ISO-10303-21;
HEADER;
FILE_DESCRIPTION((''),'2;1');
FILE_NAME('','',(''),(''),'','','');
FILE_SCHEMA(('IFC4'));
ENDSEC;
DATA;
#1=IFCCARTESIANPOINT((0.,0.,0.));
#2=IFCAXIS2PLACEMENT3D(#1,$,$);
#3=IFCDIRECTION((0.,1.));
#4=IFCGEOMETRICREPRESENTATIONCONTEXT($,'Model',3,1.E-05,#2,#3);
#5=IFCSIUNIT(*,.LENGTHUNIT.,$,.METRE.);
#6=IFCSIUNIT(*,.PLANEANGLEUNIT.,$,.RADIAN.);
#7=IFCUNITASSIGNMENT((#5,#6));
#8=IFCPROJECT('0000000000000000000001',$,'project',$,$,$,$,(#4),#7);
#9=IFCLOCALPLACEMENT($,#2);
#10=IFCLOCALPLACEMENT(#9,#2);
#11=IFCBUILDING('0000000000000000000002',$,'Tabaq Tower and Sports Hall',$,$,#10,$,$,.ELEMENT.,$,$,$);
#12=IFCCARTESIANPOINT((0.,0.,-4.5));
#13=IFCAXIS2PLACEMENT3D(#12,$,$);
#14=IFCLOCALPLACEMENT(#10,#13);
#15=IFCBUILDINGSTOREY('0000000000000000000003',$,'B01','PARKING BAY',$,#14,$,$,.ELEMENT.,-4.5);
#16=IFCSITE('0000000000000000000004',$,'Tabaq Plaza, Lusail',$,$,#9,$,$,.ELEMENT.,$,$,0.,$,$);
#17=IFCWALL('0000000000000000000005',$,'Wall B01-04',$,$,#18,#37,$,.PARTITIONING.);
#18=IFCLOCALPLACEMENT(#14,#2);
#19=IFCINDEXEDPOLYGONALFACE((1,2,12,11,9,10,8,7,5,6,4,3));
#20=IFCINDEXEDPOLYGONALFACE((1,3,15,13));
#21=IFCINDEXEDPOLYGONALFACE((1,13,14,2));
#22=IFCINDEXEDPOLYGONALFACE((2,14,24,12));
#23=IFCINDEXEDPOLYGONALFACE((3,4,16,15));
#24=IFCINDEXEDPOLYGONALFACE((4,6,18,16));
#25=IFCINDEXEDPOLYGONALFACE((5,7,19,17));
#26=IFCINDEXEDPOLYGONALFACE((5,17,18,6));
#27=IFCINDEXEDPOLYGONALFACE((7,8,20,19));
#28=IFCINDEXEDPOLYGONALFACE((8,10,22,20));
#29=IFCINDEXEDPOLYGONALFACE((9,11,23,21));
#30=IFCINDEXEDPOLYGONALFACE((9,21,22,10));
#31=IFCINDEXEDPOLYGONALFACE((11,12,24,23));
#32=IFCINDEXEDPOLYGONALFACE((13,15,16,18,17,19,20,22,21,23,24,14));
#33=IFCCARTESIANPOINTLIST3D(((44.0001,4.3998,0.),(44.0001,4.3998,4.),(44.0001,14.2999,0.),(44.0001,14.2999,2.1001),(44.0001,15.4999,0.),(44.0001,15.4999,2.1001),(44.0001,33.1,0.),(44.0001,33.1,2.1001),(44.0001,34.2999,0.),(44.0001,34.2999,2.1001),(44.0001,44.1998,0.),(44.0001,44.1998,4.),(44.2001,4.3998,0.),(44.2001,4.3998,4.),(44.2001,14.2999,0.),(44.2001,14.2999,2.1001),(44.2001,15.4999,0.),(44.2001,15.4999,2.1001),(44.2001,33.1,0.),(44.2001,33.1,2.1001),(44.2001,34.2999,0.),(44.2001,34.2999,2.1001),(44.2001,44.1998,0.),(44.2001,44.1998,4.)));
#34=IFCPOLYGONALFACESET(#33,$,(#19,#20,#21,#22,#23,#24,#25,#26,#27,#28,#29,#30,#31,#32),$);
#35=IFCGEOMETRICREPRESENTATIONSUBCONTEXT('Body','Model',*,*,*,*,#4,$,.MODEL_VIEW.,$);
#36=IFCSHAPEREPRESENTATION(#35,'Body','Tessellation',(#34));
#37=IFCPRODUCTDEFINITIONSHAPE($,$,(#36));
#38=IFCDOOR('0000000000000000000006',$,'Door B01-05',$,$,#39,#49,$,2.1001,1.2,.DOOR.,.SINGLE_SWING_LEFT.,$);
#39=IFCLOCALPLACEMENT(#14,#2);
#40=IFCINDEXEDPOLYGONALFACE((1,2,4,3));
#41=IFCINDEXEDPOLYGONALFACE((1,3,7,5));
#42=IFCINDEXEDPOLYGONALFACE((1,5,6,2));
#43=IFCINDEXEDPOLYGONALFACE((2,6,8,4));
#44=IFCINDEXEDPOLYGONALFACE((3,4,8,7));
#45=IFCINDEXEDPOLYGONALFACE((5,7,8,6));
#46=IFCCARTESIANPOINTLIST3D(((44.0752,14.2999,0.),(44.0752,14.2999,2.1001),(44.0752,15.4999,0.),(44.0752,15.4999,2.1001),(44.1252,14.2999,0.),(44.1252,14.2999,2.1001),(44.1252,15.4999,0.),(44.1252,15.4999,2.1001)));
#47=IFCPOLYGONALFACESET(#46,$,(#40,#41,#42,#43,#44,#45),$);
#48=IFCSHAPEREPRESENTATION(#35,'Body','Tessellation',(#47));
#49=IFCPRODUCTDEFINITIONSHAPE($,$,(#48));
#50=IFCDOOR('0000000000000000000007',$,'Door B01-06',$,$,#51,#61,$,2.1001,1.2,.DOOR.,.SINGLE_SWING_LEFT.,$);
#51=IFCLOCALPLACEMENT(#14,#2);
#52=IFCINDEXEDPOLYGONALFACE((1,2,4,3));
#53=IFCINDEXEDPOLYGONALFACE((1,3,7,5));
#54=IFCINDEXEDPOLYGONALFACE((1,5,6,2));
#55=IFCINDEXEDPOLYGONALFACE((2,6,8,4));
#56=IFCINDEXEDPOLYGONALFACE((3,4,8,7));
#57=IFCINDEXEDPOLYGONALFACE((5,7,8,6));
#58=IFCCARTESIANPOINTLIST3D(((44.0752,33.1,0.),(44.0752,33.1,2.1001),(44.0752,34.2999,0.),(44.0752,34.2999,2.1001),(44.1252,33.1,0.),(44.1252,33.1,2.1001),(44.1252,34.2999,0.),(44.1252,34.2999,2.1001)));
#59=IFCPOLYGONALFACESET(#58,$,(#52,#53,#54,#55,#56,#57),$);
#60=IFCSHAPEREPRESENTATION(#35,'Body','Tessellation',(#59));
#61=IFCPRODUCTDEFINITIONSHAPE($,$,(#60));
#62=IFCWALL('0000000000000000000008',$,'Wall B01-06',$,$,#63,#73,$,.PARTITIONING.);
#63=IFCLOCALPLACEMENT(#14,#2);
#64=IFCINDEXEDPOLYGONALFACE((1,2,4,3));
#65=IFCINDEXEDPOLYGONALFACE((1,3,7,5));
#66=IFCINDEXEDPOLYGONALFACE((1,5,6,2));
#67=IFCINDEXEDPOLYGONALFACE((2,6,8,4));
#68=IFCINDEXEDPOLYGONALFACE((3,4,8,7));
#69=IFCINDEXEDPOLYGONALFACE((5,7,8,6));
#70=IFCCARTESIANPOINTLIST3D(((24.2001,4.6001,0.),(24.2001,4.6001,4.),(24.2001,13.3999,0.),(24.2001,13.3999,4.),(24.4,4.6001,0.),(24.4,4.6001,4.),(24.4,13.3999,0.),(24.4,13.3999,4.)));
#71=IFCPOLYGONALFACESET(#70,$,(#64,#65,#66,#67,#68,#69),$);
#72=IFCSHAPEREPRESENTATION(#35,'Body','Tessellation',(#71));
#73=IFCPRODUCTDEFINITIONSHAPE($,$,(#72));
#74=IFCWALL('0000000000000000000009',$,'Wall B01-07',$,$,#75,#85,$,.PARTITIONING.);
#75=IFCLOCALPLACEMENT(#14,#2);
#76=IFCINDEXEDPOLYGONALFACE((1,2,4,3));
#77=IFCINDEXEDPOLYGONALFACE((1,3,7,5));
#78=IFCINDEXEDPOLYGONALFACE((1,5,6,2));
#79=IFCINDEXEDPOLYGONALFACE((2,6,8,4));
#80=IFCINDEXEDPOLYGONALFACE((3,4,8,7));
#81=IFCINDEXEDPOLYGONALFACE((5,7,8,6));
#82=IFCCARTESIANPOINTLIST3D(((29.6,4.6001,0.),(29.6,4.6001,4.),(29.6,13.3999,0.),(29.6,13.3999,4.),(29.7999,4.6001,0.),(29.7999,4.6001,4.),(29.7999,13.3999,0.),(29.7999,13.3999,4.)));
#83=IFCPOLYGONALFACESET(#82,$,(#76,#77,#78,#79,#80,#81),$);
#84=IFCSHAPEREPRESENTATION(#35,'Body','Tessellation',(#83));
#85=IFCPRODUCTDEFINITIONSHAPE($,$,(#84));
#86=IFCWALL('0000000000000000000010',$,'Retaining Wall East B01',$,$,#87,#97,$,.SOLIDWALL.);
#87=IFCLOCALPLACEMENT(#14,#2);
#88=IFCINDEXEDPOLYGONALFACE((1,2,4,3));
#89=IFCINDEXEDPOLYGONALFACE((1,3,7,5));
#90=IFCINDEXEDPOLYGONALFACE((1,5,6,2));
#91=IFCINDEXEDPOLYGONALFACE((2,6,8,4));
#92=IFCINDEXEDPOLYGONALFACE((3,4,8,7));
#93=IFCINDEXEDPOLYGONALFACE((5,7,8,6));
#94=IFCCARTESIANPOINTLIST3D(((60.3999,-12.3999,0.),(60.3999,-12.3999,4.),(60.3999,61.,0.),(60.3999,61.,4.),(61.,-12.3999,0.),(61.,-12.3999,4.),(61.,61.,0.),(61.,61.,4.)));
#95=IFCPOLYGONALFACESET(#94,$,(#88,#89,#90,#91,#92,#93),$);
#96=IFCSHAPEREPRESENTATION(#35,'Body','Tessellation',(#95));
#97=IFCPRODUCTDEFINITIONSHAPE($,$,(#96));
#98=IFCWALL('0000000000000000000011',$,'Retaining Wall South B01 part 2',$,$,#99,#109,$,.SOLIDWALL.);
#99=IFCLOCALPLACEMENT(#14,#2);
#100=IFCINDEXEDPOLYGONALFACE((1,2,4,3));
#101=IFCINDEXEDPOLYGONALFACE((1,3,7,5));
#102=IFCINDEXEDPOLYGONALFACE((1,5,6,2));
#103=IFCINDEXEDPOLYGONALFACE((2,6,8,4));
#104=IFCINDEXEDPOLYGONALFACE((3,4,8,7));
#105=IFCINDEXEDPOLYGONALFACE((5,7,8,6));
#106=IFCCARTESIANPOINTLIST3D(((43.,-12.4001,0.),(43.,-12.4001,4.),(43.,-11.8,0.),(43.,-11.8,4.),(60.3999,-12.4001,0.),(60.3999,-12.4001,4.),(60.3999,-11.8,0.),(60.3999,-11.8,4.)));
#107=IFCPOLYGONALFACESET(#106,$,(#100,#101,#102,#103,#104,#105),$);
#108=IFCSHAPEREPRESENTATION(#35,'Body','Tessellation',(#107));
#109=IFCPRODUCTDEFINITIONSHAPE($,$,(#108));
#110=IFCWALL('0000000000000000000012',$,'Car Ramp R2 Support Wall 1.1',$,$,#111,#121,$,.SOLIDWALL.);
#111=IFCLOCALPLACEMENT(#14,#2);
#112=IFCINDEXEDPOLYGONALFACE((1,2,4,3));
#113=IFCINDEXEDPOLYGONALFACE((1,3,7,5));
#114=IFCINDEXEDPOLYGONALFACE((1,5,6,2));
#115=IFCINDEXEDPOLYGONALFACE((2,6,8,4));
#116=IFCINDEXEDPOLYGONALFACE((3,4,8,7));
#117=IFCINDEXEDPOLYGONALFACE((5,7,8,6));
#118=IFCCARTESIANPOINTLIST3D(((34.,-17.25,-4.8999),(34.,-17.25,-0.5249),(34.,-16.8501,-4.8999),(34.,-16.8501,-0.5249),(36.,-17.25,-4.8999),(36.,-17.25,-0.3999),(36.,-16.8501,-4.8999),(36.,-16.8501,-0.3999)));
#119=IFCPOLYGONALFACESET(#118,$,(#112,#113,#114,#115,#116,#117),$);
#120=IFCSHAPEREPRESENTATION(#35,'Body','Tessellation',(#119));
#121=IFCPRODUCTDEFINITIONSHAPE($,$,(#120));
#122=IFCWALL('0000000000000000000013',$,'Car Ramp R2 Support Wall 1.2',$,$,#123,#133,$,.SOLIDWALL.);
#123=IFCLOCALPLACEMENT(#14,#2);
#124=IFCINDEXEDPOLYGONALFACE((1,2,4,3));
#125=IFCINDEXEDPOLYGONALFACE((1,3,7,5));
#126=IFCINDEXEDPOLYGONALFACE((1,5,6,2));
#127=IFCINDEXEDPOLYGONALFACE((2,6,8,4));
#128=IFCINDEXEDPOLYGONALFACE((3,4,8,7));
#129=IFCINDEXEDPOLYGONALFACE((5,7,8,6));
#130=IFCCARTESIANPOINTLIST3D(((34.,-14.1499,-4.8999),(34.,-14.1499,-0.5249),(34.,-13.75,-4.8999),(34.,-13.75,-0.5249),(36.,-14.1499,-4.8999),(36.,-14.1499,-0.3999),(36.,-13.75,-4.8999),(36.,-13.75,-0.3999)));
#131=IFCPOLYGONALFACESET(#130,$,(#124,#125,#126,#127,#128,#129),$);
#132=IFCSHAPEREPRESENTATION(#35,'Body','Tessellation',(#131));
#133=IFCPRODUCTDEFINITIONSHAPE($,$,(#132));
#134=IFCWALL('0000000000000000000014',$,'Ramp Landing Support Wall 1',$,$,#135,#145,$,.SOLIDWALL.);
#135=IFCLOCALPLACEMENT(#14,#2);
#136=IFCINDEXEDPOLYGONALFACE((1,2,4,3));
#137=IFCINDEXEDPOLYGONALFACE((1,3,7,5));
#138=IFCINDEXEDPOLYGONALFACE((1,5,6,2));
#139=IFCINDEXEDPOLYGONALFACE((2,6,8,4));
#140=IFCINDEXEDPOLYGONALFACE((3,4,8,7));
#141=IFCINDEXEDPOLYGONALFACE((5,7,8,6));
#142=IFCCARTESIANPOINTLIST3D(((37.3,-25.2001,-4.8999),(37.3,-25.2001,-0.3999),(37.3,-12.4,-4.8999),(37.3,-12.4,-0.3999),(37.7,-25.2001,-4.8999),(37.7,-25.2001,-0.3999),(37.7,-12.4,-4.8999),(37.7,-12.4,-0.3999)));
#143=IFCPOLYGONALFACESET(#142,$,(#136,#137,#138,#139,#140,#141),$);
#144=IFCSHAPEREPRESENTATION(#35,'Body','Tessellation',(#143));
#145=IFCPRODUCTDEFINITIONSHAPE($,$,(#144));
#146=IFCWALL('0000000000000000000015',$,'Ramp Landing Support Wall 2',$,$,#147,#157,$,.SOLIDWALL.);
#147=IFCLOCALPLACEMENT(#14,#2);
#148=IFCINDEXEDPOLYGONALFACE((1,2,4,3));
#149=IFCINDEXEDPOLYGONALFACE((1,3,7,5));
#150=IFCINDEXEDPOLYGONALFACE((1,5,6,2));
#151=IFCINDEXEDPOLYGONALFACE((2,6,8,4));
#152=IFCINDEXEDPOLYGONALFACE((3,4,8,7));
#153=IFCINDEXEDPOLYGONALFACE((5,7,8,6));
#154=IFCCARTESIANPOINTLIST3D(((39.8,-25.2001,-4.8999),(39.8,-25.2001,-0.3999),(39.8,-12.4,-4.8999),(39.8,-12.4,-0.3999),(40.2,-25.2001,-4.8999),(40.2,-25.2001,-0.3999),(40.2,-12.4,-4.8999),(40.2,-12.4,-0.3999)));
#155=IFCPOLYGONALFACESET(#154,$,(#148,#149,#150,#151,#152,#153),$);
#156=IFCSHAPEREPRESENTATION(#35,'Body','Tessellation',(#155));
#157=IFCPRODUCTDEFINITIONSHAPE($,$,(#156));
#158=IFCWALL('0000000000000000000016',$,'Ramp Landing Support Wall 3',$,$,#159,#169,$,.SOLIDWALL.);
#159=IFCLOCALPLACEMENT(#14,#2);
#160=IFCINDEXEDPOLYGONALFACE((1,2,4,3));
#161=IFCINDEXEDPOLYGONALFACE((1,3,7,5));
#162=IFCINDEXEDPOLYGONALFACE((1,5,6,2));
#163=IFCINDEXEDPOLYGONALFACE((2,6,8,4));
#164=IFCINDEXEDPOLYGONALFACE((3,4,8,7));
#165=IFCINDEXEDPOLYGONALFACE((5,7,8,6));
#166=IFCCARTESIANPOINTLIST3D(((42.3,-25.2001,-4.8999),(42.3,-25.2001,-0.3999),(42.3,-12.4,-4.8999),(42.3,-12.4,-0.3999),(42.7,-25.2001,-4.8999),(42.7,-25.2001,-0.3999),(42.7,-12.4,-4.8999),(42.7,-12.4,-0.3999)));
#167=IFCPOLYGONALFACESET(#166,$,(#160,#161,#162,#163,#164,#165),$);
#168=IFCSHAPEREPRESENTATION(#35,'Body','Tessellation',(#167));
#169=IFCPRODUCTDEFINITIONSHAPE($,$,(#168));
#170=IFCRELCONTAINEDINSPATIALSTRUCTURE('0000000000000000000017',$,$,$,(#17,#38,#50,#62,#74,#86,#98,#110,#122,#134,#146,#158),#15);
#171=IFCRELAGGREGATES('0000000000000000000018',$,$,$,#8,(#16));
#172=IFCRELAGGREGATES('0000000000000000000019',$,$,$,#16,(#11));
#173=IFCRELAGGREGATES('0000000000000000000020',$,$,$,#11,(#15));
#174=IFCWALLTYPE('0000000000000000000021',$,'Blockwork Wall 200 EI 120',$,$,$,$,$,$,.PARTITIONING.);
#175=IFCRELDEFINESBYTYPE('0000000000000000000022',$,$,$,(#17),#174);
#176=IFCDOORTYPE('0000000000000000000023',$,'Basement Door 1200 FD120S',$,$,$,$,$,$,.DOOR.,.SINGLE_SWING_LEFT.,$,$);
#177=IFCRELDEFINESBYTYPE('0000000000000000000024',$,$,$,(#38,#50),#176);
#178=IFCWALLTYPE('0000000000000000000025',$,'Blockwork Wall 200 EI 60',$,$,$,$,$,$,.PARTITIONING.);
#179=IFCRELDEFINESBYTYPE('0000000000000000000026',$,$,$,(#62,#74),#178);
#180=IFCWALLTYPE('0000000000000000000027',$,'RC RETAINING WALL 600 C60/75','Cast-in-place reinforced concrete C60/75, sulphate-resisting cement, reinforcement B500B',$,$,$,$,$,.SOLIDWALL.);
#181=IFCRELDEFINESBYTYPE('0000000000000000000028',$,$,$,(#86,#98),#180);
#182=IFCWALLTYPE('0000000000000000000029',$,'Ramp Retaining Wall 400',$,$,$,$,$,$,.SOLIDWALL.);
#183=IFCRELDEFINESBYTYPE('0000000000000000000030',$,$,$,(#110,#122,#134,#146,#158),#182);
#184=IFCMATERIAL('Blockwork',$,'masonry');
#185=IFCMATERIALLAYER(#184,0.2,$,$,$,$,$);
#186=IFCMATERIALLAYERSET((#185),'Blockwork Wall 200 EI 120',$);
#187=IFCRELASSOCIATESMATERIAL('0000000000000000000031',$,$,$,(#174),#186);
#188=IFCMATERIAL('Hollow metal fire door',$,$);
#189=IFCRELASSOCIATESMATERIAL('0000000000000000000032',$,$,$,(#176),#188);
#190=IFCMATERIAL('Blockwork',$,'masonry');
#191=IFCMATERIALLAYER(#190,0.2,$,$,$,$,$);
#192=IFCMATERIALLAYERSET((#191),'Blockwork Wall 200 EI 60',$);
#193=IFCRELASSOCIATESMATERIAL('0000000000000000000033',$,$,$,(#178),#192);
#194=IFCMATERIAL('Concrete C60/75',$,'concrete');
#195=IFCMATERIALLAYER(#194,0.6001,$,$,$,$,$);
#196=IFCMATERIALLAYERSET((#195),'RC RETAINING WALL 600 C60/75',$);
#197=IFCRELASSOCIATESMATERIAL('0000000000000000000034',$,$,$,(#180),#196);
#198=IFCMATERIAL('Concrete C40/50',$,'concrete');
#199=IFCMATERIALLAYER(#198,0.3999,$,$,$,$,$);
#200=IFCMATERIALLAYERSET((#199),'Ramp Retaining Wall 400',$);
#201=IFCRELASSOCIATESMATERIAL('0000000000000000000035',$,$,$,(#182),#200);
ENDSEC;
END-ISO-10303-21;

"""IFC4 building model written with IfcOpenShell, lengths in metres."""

from ifc_helpers import new_model, si_unit, direction, frame, frame_2d, origin, place, context, subcontext, project, spatial, polyline, rectangle, outline, extrude, material, layer, layer_set, type_object, element, fill, save


model = new_model("IFC4")

# Units and contexts
model_context = context("Model", 3, precision=1e-05, world=origin(), true_north=direction((0.0, 1.0)))
body_context = subcontext(model_context, "Body", "Model", "MODEL_VIEW")
ifc_project = project(units=[si_unit("LENGTHUNIT", "METRE"), si_unit("PLANEANGLEUNIT", "RADIAN")], contexts=[model_context])

# Site, building, storey
site_placement = place(None, origin())
site = spatial("IfcSite", under=ifc_project, at=site_placement, Name="Tabaq Plaza, Lusail", CompositionType="ELEMENT", RefElevation=0.0)
building_placement = place(site_placement, origin())
building = spatial("IfcBuilding", under=site, at=building_placement, Name="Tabaq Tower and Sports Hall", CompositionType="ELEMENT")
storey_placement = place(building_placement, frame((0.0, 0.0, -4.5)))
storey = spatial("IfcBuildingStorey", under=building, at=storey_placement, Name="B01", Description="PARKING BAY", CompositionType="ELEMENT", Elevation=-4.5)

# Wall, openings, doors
ifc_material_1 = material(Name="Blockwork", Category="masonry")
ifc_layer_1 = layer(ifc_material_1, 0.2)
ifc_layer_set_1 = layer_set([ifc_layer_1], Name="Blockwork Wall 200 EI 120")
wall_type_1 = type_object("IfcWallType", Name="Blockwork Wall 200 EI 120", PredefinedType="PARTITIONING", material=ifc_layer_set_1)
wall_1_placement = place(storey_placement, frame((44.1001, 4.3999, 0.0), z_axis=(0.0, 0.0, 1.0), x_axis=(0.0, 1.0, 0.0)))
wall_1 = element("IfcWall", 1, at=wall_1_placement, inside=storey, type_object=wall_type_1, Name="Wall B01-04", PredefinedType="PARTITIONING", context=body_context, shape_type="SweptSolid", body=[
    extrude(rectangle(XDim=39.8, YDim=0.2, at=frame_2d((19.8999, 0.0))), origin(), (0.0, 0.0, 1.0), 4.0),
])
opening_1_placement = place(wall_1_placement, frame((9.8999, 0.0, 0.0)))
opening_1 = element("IfcOpeningElement", 2, at=opening_1_placement, cuts=wall_1, PredefinedType="OPENING", context=body_context, shape_type="SweptSolid", body=[
    extrude(rectangle(XDim=1.2, YDim=2.1001, at=frame_2d((0.6001, 1.05))), frame((0.0, 0.1099, 0.0), z_axis=(0.0, -1.0, 0.0), x_axis=(1.0, 0.0, 0.0)), (0.0, 0.0, 1.0), 0.22),
])
opening_2_placement = place(wall_1_placement, frame((28.7, 0.0, 0.0)))
opening_2 = element("IfcOpeningElement", 3, at=opening_2_placement, cuts=wall_1, PredefinedType="OPENING", context=body_context, shape_type="SweptSolid", body=[
    extrude(rectangle(XDim=1.2, YDim=2.1001, at=frame_2d((0.6001, 1.05))), frame((0.0, 0.1099, 0.0), z_axis=(0.0, -1.0, 0.0), x_axis=(1.0, 0.0, 0.0)), (0.0, 0.0, 1.0), 0.22),
])
ifc_material_2 = material(Name="Hollow metal fire door")
door_type_1 = type_object("IfcDoorType", Name="Basement Door 1200 FD120S", OperationType="SINGLE_SWING_LEFT", PredefinedType="DOOR", material=ifc_material_2)
door_1_placement = place(opening_1_placement, origin())
door_1 = element("IfcDoor", 4, at=door_1_placement, inside=storey, type_object=door_type_1, Name="Door B01-05", OperationType="SINGLE_SWING_LEFT", OverallHeight=2.1001, OverallWidth=1.2, PredefinedType="DOOR", context=body_context, shape_type="SweptSolid", body=[
    extrude(rectangle(XDim=1.2, YDim=2.1001, at=frame_2d((0.6001, 1.05))), frame((0.0, 0.0249, 0.0), z_axis=(0.0, -1.0, 0.0), x_axis=(1.0, 0.0, 0.0)), (0.0, 0.0, 1.0), 0.05),
])
fill(opening_1, door_1)
door_2_placement = place(opening_2_placement, origin())
door_2 = element("IfcDoor", 5, at=door_2_placement, inside=storey, type_object=door_type_1, Name="Door B01-06", OperationType="SINGLE_SWING_LEFT", OverallHeight=2.1001, OverallWidth=1.2, PredefinedType="DOOR", context=body_context, shape_type="SweptSolid", body=[
    extrude(rectangle(XDim=1.2, YDim=2.1001, at=frame_2d((0.6001, 1.05))), frame((0.0, 0.0249, 0.0), z_axis=(0.0, -1.0, 0.0), x_axis=(1.0, 0.0, 0.0)), (0.0, 0.0, 1.0), 0.05),
])
fill(opening_2, door_2)

# Walls
ifc_material_3 = material(Name="Blockwork", Category="masonry")
ifc_layer_2 = layer(ifc_material_3, 0.2)
ifc_layer_set_2 = layer_set([ifc_layer_2], Name="Blockwork Wall 200 EI 60")
wall_type_2 = type_object("IfcWallType", Name="Blockwork Wall 200 EI 60", PredefinedType="PARTITIONING", material=ifc_layer_set_2)
for number, where, z_axis, x_axis, name in (
    (6, (24.3, 4.6001, 0.0), (0.0, 0.0, 1.0), (0.0, 1.0, 0.0), "Wall B01-06"),
    (7, (29.7, 4.6001, 0.0), (0.0, 0.0, 1.0), (0.0, 1.0, 0.0), "Wall B01-07"),
):
    element("IfcWall", number, at=place(storey_placement, frame(where, z_axis=z_axis, x_axis=x_axis)), inside=storey, type_object=wall_type_2, Name=name, PredefinedType="PARTITIONING", context=body_context, shape_type="SweptSolid", body=[
        extrude(rectangle(XDim=8.7998, YDim=0.2, at=frame_2d((4.3999, 0.0))), origin(), (0.0, 0.0, 1.0), 4.0),
    ])
ifc_material_4 = material(Name="Concrete C60/75", Category="concrete")
ifc_layer_3 = layer(ifc_material_4, 0.6001)
ifc_layer_set_3 = layer_set([ifc_layer_3], Name="RC RETAINING WALL 600 C60/75")
wall_type_3 = type_object("IfcWallType", Name="RC RETAINING WALL 600 C60/75", Description="Cast-in-place reinforced concrete C60/75, sulphate-resisting cement, reinforcement B500B", PredefinedType="SOLIDWALL", material=ifc_layer_set_3)
wall_2_placement = place(storey_placement, frame((60.7, -12.3999, 0.0), z_axis=(0.0, 0.0, 1.0), x_axis=(0.0, 1.0, 0.0)))
element("IfcWall", 8, at=wall_2_placement, inside=storey, type_object=wall_type_3, Name="Retaining Wall East B01", PredefinedType="SOLIDWALL", context=body_context, shape_type="SweptSolid", body=[
    extrude(rectangle(XDim=73.3999, YDim=0.6001, at=frame_2d((36.7, 0.0))), origin(), (0.0, 0.0, 1.0), 4.0),
])
wall_3_placement = place(storey_placement, frame((43.0, -12.1001, 0.0), z_axis=(0.0, 0.0, 1.0), x_axis=(1.0, 0.0, 0.0)))
element("IfcWall", 9, at=wall_3_placement, inside=storey, type_object=wall_type_3, Name="Retaining Wall South B01 part 2", PredefinedType="SOLIDWALL", context=body_context, shape_type="SweptSolid", body=[
    extrude(rectangle(XDim=17.3999, YDim=0.6001, at=frame_2d((8.7, 0.0))), origin(), (0.0, 0.0, 1.0), 4.0),
])
ifc_material_5 = material(Name="Concrete C40/50", Category="concrete")
ifc_layer_4 = layer(ifc_material_5, 0.3999)
ifc_layer_set_4 = layer_set([ifc_layer_4], Name="Ramp Retaining Wall 400")
wall_type_4 = type_object("IfcWallType", Name="Ramp Retaining Wall 400", PredefinedType="SOLIDWALL", material=ifc_layer_set_4)
for number, where, z_axis, x_axis, name in (
    (10, (34.0, -17.05, -4.8999), (0.0, 0.0, 1.0), (1.0, 0.0, 0.0), "Car Ramp R2 Support Wall 1.1"),
    (11, (34.0, -13.95, -4.8999), (0.0, 0.0, 1.0), (1.0, 0.0, 0.0), "Car Ramp R2 Support Wall 1.2"),
):
    element("IfcWall", number, at=place(storey_placement, frame(where, z_axis=z_axis, x_axis=x_axis)), inside=storey, type_object=wall_type_4, Name=name, PredefinedType="SOLIDWALL", context=body_context, shape_type="SweptSolid", body=[
        extrude(outline(polyline([(0.0, 0.0), (2.0, 0.0), (2.0, 4.5), (0.0, 4.375), (0.0, 0.0)])), frame((0.0, 0.2, 0.0), z_axis=(0.0, -1.0, 0.0), x_axis=(1.0, 0.0, 0.0)), (0.0, 0.0, 1.0), 0.3999),
    ])
for number, where, z_axis, x_axis, name in (
    (12, (37.5, -25.2, -4.8999), (0.0, 0.0, 1.0), (0.0, 1.0, 0.0), "Ramp Landing Support Wall 1"),
    (13, (40.0, -25.2, -4.8999), (0.0, 0.0, 1.0), (0.0, 1.0, 0.0), "Ramp Landing Support Wall 2"),
    (14, (42.5, -25.2, -4.8999), (0.0, 0.0, 1.0), (0.0, 1.0, 0.0), "Ramp Landing Support Wall 3"),
):
    element("IfcWall", number, at=place(storey_placement, frame(where, z_axis=z_axis, x_axis=x_axis)), inside=storey, type_object=wall_type_4, Name=name, PredefinedType="SOLIDWALL", context=body_context, shape_type="SweptSolid", body=[
        extrude(rectangle(XDim=12.8, YDim=0.3999, at=frame_2d((6.3999, 0.0))), origin(), (0.0, 0.0, 1.0), 4.5),
    ])

save(model, "model.ifc")
